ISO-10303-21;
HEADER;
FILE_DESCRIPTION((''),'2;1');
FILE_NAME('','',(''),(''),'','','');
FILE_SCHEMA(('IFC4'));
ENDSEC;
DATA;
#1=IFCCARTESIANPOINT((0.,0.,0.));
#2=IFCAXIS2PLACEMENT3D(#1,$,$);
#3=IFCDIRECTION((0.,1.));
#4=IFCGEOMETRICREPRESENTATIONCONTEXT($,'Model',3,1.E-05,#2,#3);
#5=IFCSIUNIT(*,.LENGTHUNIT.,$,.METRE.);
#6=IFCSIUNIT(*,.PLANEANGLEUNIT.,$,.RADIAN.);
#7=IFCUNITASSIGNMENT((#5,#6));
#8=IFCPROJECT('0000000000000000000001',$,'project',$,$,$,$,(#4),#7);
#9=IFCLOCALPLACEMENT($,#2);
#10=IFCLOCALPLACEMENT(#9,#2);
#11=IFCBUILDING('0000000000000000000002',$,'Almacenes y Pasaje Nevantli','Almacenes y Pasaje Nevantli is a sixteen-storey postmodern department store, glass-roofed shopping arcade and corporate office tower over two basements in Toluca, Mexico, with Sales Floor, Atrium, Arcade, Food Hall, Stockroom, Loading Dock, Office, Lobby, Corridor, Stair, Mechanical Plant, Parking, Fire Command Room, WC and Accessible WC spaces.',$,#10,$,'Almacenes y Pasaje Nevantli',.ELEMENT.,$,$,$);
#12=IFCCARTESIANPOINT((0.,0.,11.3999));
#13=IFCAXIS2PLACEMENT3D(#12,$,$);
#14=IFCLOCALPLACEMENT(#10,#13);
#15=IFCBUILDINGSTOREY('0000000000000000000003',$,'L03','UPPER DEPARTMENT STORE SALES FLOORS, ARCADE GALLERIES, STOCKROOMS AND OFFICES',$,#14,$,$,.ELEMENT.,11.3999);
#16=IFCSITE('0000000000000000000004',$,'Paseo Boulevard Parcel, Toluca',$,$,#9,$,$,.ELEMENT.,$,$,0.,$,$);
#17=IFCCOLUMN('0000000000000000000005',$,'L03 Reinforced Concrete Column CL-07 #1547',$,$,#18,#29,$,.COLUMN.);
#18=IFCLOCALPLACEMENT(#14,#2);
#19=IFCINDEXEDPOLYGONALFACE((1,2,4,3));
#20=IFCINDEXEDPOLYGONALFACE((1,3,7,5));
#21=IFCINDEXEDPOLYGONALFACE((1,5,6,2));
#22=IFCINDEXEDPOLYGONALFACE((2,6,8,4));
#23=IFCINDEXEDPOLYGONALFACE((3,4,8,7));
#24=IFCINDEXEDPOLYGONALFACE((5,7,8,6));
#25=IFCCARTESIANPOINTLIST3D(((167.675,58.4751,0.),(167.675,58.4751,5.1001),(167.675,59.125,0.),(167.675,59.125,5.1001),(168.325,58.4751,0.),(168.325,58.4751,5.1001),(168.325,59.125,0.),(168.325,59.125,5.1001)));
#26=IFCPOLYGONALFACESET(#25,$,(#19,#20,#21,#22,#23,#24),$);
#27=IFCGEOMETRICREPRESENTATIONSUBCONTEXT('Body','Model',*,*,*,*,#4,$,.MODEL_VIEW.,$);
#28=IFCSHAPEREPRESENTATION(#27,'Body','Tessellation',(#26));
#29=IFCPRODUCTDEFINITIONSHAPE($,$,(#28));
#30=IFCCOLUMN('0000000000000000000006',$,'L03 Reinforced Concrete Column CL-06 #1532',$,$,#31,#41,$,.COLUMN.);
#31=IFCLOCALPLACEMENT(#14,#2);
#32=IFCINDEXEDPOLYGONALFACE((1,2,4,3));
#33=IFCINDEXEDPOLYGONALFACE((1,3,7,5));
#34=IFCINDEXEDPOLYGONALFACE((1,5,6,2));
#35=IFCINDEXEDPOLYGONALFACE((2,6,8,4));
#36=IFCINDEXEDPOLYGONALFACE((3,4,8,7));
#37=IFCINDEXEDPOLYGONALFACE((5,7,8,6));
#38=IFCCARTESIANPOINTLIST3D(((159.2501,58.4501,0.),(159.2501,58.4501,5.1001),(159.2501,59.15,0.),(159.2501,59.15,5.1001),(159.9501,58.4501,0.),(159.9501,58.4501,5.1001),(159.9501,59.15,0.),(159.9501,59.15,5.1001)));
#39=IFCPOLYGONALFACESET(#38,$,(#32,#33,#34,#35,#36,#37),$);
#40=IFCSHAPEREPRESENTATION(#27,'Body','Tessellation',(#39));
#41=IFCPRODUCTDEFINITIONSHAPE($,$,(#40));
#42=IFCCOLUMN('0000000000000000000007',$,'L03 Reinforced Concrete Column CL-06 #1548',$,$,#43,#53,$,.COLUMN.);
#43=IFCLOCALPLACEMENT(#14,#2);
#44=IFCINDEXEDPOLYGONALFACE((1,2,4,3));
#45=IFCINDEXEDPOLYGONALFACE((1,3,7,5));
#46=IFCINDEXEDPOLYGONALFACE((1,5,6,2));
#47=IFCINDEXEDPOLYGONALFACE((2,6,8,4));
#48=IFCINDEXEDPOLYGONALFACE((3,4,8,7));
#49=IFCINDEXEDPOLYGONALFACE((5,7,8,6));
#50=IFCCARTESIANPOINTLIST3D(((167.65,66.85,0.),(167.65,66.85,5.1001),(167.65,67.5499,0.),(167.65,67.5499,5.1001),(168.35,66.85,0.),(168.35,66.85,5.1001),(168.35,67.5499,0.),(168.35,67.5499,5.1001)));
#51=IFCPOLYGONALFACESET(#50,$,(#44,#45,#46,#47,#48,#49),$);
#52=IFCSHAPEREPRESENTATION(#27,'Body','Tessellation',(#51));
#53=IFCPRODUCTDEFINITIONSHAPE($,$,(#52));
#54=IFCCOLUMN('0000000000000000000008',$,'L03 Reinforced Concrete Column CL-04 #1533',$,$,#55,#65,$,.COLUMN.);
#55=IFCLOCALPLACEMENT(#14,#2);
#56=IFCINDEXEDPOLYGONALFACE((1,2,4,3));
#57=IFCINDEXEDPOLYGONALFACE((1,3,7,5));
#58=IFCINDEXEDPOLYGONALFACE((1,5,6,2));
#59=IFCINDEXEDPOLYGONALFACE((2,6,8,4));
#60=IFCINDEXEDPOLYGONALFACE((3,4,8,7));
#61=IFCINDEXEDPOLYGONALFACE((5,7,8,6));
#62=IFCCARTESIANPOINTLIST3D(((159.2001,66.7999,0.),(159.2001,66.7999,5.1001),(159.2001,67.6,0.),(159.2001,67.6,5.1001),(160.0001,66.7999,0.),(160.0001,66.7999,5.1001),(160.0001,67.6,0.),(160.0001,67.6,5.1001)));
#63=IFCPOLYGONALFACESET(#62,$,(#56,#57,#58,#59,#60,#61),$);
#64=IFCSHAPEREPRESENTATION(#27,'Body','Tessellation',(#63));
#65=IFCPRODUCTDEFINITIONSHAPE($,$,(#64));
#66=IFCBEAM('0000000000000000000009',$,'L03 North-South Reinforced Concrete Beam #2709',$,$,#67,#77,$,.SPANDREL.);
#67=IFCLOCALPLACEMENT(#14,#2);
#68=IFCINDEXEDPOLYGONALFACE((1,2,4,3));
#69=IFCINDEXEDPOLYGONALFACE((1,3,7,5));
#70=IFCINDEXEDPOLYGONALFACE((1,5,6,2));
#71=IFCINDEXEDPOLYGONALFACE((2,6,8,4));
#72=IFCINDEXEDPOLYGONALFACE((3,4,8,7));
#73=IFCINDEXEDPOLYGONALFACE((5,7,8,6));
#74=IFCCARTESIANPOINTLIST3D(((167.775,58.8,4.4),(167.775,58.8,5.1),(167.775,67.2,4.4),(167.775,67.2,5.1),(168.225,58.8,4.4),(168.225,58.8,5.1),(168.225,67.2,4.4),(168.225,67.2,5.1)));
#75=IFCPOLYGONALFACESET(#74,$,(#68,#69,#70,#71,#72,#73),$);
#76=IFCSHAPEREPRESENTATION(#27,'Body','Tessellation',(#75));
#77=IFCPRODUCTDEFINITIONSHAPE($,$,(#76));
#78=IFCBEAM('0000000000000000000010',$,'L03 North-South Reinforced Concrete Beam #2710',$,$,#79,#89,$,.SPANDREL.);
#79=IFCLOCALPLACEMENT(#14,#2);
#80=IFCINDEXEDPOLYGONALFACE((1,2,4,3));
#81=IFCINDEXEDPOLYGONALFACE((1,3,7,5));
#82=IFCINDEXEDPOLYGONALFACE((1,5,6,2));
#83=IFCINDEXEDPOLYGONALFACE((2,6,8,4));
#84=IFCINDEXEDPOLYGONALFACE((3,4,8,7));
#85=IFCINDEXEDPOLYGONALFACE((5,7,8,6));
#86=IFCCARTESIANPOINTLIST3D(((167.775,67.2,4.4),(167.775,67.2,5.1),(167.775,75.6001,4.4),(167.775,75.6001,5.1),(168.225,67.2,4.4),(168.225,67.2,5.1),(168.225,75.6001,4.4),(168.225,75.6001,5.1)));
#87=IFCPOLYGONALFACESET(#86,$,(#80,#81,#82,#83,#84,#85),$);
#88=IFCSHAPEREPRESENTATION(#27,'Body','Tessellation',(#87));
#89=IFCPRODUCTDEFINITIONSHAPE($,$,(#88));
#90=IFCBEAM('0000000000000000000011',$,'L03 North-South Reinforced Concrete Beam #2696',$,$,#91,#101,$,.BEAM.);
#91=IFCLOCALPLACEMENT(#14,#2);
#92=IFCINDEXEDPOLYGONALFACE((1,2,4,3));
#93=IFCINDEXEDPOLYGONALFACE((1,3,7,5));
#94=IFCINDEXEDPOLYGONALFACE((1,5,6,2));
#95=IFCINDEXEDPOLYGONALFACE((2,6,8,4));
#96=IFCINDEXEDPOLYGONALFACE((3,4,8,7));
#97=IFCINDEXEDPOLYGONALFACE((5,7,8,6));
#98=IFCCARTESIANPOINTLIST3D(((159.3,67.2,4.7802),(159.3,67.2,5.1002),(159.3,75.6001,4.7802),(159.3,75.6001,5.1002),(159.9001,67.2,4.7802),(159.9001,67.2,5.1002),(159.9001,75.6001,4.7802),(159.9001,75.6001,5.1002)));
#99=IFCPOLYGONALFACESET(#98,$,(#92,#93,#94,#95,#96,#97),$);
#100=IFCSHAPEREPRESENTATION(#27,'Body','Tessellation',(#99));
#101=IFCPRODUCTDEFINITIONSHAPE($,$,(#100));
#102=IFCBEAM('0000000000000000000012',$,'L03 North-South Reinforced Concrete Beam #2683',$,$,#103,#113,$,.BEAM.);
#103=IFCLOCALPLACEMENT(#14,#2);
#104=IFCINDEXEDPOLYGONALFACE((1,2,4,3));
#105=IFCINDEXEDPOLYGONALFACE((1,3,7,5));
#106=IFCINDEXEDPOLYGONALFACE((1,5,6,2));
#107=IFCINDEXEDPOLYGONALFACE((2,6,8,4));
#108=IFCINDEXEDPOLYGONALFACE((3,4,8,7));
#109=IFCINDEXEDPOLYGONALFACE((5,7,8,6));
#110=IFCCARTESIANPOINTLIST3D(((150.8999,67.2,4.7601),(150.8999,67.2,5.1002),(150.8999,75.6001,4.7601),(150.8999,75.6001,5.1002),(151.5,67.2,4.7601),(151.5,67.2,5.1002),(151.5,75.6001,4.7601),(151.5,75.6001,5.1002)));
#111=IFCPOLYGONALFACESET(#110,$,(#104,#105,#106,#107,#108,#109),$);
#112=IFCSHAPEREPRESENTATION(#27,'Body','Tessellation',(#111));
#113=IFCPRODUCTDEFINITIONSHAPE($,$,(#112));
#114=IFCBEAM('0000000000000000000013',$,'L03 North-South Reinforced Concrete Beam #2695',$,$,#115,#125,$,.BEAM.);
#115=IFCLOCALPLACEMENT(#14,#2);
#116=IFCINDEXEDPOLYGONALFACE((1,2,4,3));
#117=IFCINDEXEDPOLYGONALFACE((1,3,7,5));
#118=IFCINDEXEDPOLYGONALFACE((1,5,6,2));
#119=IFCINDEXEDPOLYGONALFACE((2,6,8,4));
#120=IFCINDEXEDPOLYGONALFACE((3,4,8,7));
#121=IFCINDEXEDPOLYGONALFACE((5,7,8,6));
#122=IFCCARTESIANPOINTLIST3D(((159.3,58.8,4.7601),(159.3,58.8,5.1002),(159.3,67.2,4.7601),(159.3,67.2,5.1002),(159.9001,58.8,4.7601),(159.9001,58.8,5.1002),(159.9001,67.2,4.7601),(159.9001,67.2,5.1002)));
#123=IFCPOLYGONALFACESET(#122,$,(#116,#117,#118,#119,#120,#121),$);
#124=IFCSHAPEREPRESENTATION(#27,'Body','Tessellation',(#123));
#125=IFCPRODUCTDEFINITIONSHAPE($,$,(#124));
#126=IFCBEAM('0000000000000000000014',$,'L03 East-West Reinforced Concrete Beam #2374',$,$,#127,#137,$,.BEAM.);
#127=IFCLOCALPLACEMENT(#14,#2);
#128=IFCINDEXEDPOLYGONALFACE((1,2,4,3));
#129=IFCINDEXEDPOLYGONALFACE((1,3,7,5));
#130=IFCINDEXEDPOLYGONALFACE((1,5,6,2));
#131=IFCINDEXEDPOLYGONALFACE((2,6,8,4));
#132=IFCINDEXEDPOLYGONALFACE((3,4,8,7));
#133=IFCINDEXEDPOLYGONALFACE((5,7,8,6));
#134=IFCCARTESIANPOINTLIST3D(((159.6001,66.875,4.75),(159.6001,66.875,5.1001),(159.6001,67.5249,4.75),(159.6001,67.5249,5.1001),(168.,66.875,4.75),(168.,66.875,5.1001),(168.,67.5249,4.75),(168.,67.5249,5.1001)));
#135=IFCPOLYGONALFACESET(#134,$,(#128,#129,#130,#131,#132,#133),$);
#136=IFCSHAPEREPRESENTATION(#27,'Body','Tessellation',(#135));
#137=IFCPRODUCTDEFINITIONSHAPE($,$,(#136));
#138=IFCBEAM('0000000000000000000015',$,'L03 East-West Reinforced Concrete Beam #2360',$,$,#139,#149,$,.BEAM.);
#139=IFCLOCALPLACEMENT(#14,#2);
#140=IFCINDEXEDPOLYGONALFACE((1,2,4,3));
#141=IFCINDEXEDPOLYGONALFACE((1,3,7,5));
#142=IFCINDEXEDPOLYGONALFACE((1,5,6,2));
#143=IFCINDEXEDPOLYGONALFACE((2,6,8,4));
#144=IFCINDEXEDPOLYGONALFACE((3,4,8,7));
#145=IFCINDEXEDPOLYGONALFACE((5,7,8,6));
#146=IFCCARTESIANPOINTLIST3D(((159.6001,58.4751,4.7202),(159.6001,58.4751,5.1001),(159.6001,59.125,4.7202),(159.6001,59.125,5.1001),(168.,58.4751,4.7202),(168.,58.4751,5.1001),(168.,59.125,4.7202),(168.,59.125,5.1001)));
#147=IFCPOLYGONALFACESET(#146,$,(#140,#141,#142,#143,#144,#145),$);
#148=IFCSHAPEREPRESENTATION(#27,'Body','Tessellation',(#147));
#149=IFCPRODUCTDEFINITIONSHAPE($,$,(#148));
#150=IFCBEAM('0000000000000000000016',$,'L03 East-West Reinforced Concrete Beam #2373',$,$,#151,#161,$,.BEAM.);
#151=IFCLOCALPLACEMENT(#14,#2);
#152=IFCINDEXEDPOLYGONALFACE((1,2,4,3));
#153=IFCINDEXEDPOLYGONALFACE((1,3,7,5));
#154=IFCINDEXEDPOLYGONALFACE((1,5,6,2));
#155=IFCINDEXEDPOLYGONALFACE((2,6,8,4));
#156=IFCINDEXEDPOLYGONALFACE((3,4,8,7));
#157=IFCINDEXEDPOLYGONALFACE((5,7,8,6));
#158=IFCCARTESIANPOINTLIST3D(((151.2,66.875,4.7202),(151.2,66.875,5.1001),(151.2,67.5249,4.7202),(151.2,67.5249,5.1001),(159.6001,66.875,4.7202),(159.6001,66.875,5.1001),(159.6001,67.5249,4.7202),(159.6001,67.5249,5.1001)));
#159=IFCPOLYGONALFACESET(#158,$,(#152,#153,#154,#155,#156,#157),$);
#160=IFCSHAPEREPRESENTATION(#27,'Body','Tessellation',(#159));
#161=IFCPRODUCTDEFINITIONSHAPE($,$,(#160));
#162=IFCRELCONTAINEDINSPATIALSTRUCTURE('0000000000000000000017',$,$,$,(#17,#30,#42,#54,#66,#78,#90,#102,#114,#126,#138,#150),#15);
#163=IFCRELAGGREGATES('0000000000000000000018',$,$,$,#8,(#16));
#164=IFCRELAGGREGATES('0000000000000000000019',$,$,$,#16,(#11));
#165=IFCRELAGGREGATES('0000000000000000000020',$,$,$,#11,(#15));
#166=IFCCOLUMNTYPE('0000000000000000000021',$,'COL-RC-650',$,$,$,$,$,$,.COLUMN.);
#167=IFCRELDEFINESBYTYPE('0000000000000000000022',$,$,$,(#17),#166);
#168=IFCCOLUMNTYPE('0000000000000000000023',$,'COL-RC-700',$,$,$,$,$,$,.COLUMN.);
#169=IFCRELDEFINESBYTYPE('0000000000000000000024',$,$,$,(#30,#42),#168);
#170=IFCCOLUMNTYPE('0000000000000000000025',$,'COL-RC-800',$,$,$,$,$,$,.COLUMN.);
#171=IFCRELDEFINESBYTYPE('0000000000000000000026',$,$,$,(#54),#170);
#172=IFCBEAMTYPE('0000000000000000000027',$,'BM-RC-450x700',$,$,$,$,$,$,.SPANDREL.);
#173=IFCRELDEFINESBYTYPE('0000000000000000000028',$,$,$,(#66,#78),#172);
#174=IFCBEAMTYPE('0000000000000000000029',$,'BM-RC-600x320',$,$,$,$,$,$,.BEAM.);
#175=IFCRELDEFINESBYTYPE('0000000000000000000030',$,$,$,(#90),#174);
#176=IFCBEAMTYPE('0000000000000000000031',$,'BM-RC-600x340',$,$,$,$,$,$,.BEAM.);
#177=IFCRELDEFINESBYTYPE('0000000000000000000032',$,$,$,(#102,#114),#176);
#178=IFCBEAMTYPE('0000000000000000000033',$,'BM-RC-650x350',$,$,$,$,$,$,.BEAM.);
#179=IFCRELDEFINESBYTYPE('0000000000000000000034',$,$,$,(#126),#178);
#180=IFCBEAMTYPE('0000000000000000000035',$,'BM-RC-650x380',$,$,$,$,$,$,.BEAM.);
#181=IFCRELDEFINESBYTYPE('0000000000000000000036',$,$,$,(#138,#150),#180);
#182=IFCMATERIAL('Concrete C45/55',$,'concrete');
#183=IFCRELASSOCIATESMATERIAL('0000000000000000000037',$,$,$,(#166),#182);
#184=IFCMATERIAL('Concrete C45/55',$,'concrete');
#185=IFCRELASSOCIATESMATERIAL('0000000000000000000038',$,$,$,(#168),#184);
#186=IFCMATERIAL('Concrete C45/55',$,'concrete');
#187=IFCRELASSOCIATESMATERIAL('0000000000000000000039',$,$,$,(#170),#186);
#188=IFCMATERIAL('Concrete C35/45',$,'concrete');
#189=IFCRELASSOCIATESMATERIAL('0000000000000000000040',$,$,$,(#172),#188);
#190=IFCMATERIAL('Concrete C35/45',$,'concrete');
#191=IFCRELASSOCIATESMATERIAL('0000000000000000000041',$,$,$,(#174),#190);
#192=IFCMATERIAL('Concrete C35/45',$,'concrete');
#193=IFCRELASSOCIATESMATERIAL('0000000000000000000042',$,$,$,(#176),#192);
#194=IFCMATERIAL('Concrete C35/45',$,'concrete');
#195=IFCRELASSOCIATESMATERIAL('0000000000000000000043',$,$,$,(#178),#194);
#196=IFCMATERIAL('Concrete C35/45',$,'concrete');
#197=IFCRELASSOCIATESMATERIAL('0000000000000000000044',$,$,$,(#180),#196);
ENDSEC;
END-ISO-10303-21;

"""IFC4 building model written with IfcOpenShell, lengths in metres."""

from ifc_helpers import new_model, si_unit, direction, frame, origin, origin_2d, place, context, subcontext, project, spatial, rectangle, extrude, material, material_profile, profile_set, type_object, element, save


model = new_model("IFC4")

# Units and contexts
model_context = context("Model", 3, precision=1e-05, world=origin(), true_north=direction((0.0, 1.0)))
body_context = subcontext(model_context, "Body", "Model", "MODEL_VIEW")
ifc_project = project(units=[si_unit("LENGTHUNIT", "METRE"), si_unit("PLANEANGLEUNIT", "RADIAN")], contexts=[model_context])

# Site, building, storey
site_placement = place(None, origin())
site = spatial("IfcSite", under=ifc_project, at=site_placement, Name="Paseo Boulevard Parcel, Toluca", CompositionType="ELEMENT", RefElevation=0.0)
building_placement = place(site_placement, origin())
building = spatial("IfcBuilding", under=site, at=building_placement, Name="Almacenes y Pasaje Nevantli", Description="Almacenes y Pasaje Nevantli is a sixteen-storey postmodern department store, glass-roofed shopping arcade and corporate office tower over two basements in Toluca, Mexico, with Sales Floor, Atrium, Arcade, Food Hall, Stockroom, Loading Dock, Office, Lobby, Corridor, Stair, Mechanical Plant, Parking, Fire Command Room, WC and Accessible WC spaces.", LongName="Almacenes y Pasaje Nevantli", CompositionType="ELEMENT")
storey_placement = place(building_placement, frame((0.0, 0.0, 11.3999)))
storey = spatial("IfcBuildingStorey", under=building, at=storey_placement, Name="L03", Description="UPPER DEPARTMENT STORE SALES FLOORS, ARCADE GALLERIES, STOCKROOMS AND OFFICES", CompositionType="ELEMENT", Elevation=11.3999)

# Columns
ifc_material_1 = material(Name="Concrete C45/55", Category="concrete")
ifc_material_profile_1 = material_profile(ifc_material_1, rectangle(XDim=0.6499, YDim=0.6499, at=origin_2d()), Name="RC-COL-650x650")
ifc_profile_set_1 = profile_set([ifc_material_profile_1], Name="Concrete C45/55")
column_type_1 = type_object("IfcColumnType", Name="COL-RC-650", PredefinedType="COLUMN", material=ifc_profile_set_1)
column_1_placement = place(storey_placement, frame((168.0, 58.8, 0.0), z_axis=(0.0, 0.0, 1.0), x_axis=(1.0, 0.0, 0.0)))
element("IfcColumn", 1, at=column_1_placement, inside=storey, type_object=column_type_1, Name="L03 Reinforced Concrete Column CL-07 #1547", PredefinedType="COLUMN", context=body_context, shape_type="SweptSolid", body=[
    extrude(rectangle(XDim=0.6499, YDim=0.6499, at=origin_2d()), origin(), (0.0, 0.0, 1.0), 5.1001),
])
ifc_material_2 = material(Name="Concrete C45/55", Category="concrete")
ifc_material_profile_2 = material_profile(ifc_material_2, rectangle(XDim=0.7, YDim=0.7, at=origin_2d()), Name="RC-COL-700x700")
ifc_profile_set_2 = profile_set([ifc_material_profile_2], Name="Concrete C45/55")
column_type_2 = type_object("IfcColumnType", Name="COL-RC-700", PredefinedType="COLUMN", material=ifc_profile_set_2)
for number, where, z_axis, x_axis, name in (
    (2, (159.6001, 58.8, 0.0), (0.0, 0.0, 1.0), (1.0, 0.0, 0.0), "L03 Reinforced Concrete Column CL-06 #1532"),
    (3, (168.0, 67.2, 0.0), (0.0, 0.0, 1.0), (1.0, 0.0, 0.0), "L03 Reinforced Concrete Column CL-06 #1548"),
):
    element("IfcColumn", number, at=place(storey_placement, frame(where, z_axis=z_axis, x_axis=x_axis)), inside=storey, type_object=column_type_2, Name=name, PredefinedType="COLUMN", context=body_context, shape_type="SweptSolid", body=[
        extrude(rectangle(XDim=0.7, YDim=0.7, at=origin_2d()), origin(), (0.0, 0.0, 1.0), 5.1001),
    ])
ifc_material_3 = material(Name="Concrete C45/55", Category="concrete")
ifc_material_profile_3 = material_profile(ifc_material_3, rectangle(XDim=0.8, YDim=0.8, at=origin_2d()), Name="RC-COL-800x800")
ifc_profile_set_3 = profile_set([ifc_material_profile_3], Name="Concrete C45/55")
column_type_3 = type_object("IfcColumnType", Name="COL-RC-800", PredefinedType="COLUMN", material=ifc_profile_set_3)
column_2_placement = place(storey_placement, frame((159.6001, 67.2, 0.0), z_axis=(0.0, 0.0, 1.0), x_axis=(1.0, 0.0, 0.0)))
element("IfcColumn", 4, at=column_2_placement, inside=storey, type_object=column_type_3, Name="L03 Reinforced Concrete Column CL-04 #1533", PredefinedType="COLUMN", context=body_context, shape_type="SweptSolid", body=[
    extrude(rectangle(XDim=0.8, YDim=0.8, at=origin_2d()), origin(), (0.0, 0.0, 1.0), 5.1001),
])

# Beams
ifc_material_4 = material(Name="Concrete C35/45", Category="concrete")
ifc_material_profile_4 = material_profile(ifc_material_4, rectangle(XDim=0.45, YDim=0.7, at=origin_2d()), Name="RC-BM-450x700")
ifc_profile_set_4 = profile_set([ifc_material_profile_4], Name="Concrete C35/45")
beam_type_1 = type_object("IfcBeamType", Name="BM-RC-450x700", PredefinedType="SPANDREL", material=ifc_profile_set_4)
beam_1_placement = place(storey_placement, frame((168.0, 58.8, 4.75), z_axis=(0.0, 1.0, 0.0), x_axis=(-1.0, 0.0, 0.0)))
element("IfcBeam", 5, at=beam_1_placement, inside=storey, type_object=beam_type_1, Name="L03 North-South Reinforced Concrete Beam #2709", PredefinedType="SPANDREL", context=body_context, shape_type="SweptSolid", body=[
    extrude(rectangle(XDim=0.45, YDim=0.7, at=origin_2d()), origin(), (0.0, 0.0, 1.0), 8.3999),
])
beam_2_placement = place(storey_placement, frame((168.0, 67.2, 4.75), z_axis=(0.0, 1.0, 0.0), x_axis=(-1.0, 0.0, 0.0)))
element("IfcBeam", 6, at=beam_2_placement, inside=storey, type_object=beam_type_1, Name="L03 North-South Reinforced Concrete Beam #2710", PredefinedType="SPANDREL", context=body_context, shape_type="SweptSolid", body=[
    extrude(rectangle(XDim=0.45, YDim=0.7, at=origin_2d()), origin(), (0.0, 0.0, 1.0), 8.4001),
])
ifc_material_5 = material(Name="Concrete C35/45", Category="concrete")
ifc_material_profile_5 = material_profile(ifc_material_5, rectangle(XDim=0.6001, YDim=0.3201, at=origin_2d()), Name="RC-BM-600x320")
ifc_profile_set_5 = profile_set([ifc_material_profile_5], Name="Concrete C35/45")
beam_type_2 = type_object("IfcBeamType", Name="BM-RC-600x320", PredefinedType="BEAM", material=ifc_profile_set_5)
beam_3_placement = place(storey_placement, frame((159.6001, 67.2, 4.9402), z_axis=(0.0, 1.0, 0.0), x_axis=(-1.0, 0.0, 0.0)))
element("IfcBeam", 7, at=beam_3_placement, inside=storey, type_object=beam_type_2, Name="L03 North-South Reinforced Concrete Beam #2696", PredefinedType="BEAM", context=body_context, shape_type="SweptSolid", body=[
    extrude(rectangle(XDim=0.6001, YDim=0.3201, at=origin_2d()), origin(), (0.0, 0.0, 1.0), 8.4001),
])
ifc_material_6 = material(Name="Concrete C35/45", Category="concrete")
ifc_material_profile_6 = material_profile(ifc_material_6, rectangle(XDim=0.6001, YDim=0.3401, at=origin_2d()), Name="RC-BM-600x340")
ifc_profile_set_6 = profile_set([ifc_material_profile_6], Name="Concrete C35/45")
beam_type_3 = type_object("IfcBeamType", Name="BM-RC-600x340", PredefinedType="BEAM", material=ifc_profile_set_6)
beam_4_placement = place(storey_placement, frame((151.2, 67.2, 4.9302), z_axis=(0.0, 1.0, 0.0), x_axis=(-1.0, 0.0, 0.0)))
element("IfcBeam", 8, at=beam_4_placement, inside=storey, type_object=beam_type_3, Name="L03 North-South Reinforced Concrete Beam #2683", PredefinedType="BEAM", context=body_context, shape_type="SweptSolid", body=[
    extrude(rectangle(XDim=0.6001, YDim=0.3401, at=origin_2d()), origin(), (0.0, 0.0, 1.0), 8.4001),
])
beam_5_placement = place(storey_placement, frame((159.6001, 58.8, 4.9302), z_axis=(0.0, 1.0, 0.0), x_axis=(-1.0, 0.0, 0.0)))
element("IfcBeam", 9, at=beam_5_placement, inside=storey, type_object=beam_type_3, Name="L03 North-South Reinforced Concrete Beam #2695", PredefinedType="BEAM", context=body_context, shape_type="SweptSolid", body=[
    extrude(rectangle(XDim=0.6001, YDim=0.3401, at=origin_2d()), origin(), (0.0, 0.0, 1.0), 8.3999),
])
ifc_material_7 = material(Name="Concrete C35/45", Category="concrete")
ifc_material_profile_7 = material_profile(ifc_material_7, rectangle(XDim=0.6499, YDim=0.3501, at=origin_2d()), Name="RC-BM-650x350")
ifc_profile_set_7 = profile_set([ifc_material_profile_7], Name="Concrete C35/45")
beam_type_4 = type_object("IfcBeamType", Name="BM-RC-650x350", PredefinedType="BEAM", material=ifc_profile_set_7)
beam_6_placement = place(storey_placement, frame((159.6001, 67.2, 4.925), z_axis=(1.0, 0.0, 0.0), x_axis=(0.0, 1.0, 0.0)))
element("IfcBeam", 10, at=beam_6_placement, inside=storey, type_object=beam_type_4, Name="L03 East-West Reinforced Concrete Beam #2374", PredefinedType="BEAM", context=body_context, shape_type="SweptSolid", body=[
    extrude(rectangle(XDim=0.6499, YDim=0.3501, at=origin_2d()), origin(), (0.0, 0.0, 1.0), 8.3999),
])
ifc_material_8 = material(Name="Concrete C35/45", Category="concrete")
ifc_material_profile_8 = material_profile(ifc_material_8, rectangle(XDim=0.6499, YDim=0.3799, at=origin_2d()), Name="RC-BM-650x380")
ifc_profile_set_8 = profile_set([ifc_material_profile_8], Name="Concrete C35/45")
beam_type_5 = type_object("IfcBeamType", Name="BM-RC-650x380", PredefinedType="BEAM", material=ifc_profile_set_8)
beam_7_placement = place(storey_placement, frame((159.6001, 58.8, 4.9102), z_axis=(1.0, 0.0, 0.0), x_axis=(0.0, 1.0, 0.0)))
element("IfcBeam", 11, at=beam_7_placement, inside=storey, type_object=beam_type_5, Name="L03 East-West Reinforced Concrete Beam #2360", PredefinedType="BEAM", context=body_context, shape_type="SweptSolid", body=[
    extrude(rectangle(XDim=0.6499, YDim=0.3799, at=origin_2d()), origin(), (0.0, 0.0, 1.0), 8.3999),
])
beam_8_placement = place(storey_placement, frame((151.2, 67.2, 4.9102), z_axis=(1.0, 0.0, 0.0), x_axis=(0.0, 1.0, 0.0)))
element("IfcBeam", 12, at=beam_8_placement, inside=storey, type_object=beam_type_5, Name="L03 East-West Reinforced Concrete Beam #2373", PredefinedType="BEAM", context=body_context, shape_type="SweptSolid", body=[
    extrude(rectangle(XDim=0.6499, YDim=0.3799, at=origin_2d()), origin(), (0.0, 0.0, 1.0), 8.4001),
])

save(model, "model.ifc")
